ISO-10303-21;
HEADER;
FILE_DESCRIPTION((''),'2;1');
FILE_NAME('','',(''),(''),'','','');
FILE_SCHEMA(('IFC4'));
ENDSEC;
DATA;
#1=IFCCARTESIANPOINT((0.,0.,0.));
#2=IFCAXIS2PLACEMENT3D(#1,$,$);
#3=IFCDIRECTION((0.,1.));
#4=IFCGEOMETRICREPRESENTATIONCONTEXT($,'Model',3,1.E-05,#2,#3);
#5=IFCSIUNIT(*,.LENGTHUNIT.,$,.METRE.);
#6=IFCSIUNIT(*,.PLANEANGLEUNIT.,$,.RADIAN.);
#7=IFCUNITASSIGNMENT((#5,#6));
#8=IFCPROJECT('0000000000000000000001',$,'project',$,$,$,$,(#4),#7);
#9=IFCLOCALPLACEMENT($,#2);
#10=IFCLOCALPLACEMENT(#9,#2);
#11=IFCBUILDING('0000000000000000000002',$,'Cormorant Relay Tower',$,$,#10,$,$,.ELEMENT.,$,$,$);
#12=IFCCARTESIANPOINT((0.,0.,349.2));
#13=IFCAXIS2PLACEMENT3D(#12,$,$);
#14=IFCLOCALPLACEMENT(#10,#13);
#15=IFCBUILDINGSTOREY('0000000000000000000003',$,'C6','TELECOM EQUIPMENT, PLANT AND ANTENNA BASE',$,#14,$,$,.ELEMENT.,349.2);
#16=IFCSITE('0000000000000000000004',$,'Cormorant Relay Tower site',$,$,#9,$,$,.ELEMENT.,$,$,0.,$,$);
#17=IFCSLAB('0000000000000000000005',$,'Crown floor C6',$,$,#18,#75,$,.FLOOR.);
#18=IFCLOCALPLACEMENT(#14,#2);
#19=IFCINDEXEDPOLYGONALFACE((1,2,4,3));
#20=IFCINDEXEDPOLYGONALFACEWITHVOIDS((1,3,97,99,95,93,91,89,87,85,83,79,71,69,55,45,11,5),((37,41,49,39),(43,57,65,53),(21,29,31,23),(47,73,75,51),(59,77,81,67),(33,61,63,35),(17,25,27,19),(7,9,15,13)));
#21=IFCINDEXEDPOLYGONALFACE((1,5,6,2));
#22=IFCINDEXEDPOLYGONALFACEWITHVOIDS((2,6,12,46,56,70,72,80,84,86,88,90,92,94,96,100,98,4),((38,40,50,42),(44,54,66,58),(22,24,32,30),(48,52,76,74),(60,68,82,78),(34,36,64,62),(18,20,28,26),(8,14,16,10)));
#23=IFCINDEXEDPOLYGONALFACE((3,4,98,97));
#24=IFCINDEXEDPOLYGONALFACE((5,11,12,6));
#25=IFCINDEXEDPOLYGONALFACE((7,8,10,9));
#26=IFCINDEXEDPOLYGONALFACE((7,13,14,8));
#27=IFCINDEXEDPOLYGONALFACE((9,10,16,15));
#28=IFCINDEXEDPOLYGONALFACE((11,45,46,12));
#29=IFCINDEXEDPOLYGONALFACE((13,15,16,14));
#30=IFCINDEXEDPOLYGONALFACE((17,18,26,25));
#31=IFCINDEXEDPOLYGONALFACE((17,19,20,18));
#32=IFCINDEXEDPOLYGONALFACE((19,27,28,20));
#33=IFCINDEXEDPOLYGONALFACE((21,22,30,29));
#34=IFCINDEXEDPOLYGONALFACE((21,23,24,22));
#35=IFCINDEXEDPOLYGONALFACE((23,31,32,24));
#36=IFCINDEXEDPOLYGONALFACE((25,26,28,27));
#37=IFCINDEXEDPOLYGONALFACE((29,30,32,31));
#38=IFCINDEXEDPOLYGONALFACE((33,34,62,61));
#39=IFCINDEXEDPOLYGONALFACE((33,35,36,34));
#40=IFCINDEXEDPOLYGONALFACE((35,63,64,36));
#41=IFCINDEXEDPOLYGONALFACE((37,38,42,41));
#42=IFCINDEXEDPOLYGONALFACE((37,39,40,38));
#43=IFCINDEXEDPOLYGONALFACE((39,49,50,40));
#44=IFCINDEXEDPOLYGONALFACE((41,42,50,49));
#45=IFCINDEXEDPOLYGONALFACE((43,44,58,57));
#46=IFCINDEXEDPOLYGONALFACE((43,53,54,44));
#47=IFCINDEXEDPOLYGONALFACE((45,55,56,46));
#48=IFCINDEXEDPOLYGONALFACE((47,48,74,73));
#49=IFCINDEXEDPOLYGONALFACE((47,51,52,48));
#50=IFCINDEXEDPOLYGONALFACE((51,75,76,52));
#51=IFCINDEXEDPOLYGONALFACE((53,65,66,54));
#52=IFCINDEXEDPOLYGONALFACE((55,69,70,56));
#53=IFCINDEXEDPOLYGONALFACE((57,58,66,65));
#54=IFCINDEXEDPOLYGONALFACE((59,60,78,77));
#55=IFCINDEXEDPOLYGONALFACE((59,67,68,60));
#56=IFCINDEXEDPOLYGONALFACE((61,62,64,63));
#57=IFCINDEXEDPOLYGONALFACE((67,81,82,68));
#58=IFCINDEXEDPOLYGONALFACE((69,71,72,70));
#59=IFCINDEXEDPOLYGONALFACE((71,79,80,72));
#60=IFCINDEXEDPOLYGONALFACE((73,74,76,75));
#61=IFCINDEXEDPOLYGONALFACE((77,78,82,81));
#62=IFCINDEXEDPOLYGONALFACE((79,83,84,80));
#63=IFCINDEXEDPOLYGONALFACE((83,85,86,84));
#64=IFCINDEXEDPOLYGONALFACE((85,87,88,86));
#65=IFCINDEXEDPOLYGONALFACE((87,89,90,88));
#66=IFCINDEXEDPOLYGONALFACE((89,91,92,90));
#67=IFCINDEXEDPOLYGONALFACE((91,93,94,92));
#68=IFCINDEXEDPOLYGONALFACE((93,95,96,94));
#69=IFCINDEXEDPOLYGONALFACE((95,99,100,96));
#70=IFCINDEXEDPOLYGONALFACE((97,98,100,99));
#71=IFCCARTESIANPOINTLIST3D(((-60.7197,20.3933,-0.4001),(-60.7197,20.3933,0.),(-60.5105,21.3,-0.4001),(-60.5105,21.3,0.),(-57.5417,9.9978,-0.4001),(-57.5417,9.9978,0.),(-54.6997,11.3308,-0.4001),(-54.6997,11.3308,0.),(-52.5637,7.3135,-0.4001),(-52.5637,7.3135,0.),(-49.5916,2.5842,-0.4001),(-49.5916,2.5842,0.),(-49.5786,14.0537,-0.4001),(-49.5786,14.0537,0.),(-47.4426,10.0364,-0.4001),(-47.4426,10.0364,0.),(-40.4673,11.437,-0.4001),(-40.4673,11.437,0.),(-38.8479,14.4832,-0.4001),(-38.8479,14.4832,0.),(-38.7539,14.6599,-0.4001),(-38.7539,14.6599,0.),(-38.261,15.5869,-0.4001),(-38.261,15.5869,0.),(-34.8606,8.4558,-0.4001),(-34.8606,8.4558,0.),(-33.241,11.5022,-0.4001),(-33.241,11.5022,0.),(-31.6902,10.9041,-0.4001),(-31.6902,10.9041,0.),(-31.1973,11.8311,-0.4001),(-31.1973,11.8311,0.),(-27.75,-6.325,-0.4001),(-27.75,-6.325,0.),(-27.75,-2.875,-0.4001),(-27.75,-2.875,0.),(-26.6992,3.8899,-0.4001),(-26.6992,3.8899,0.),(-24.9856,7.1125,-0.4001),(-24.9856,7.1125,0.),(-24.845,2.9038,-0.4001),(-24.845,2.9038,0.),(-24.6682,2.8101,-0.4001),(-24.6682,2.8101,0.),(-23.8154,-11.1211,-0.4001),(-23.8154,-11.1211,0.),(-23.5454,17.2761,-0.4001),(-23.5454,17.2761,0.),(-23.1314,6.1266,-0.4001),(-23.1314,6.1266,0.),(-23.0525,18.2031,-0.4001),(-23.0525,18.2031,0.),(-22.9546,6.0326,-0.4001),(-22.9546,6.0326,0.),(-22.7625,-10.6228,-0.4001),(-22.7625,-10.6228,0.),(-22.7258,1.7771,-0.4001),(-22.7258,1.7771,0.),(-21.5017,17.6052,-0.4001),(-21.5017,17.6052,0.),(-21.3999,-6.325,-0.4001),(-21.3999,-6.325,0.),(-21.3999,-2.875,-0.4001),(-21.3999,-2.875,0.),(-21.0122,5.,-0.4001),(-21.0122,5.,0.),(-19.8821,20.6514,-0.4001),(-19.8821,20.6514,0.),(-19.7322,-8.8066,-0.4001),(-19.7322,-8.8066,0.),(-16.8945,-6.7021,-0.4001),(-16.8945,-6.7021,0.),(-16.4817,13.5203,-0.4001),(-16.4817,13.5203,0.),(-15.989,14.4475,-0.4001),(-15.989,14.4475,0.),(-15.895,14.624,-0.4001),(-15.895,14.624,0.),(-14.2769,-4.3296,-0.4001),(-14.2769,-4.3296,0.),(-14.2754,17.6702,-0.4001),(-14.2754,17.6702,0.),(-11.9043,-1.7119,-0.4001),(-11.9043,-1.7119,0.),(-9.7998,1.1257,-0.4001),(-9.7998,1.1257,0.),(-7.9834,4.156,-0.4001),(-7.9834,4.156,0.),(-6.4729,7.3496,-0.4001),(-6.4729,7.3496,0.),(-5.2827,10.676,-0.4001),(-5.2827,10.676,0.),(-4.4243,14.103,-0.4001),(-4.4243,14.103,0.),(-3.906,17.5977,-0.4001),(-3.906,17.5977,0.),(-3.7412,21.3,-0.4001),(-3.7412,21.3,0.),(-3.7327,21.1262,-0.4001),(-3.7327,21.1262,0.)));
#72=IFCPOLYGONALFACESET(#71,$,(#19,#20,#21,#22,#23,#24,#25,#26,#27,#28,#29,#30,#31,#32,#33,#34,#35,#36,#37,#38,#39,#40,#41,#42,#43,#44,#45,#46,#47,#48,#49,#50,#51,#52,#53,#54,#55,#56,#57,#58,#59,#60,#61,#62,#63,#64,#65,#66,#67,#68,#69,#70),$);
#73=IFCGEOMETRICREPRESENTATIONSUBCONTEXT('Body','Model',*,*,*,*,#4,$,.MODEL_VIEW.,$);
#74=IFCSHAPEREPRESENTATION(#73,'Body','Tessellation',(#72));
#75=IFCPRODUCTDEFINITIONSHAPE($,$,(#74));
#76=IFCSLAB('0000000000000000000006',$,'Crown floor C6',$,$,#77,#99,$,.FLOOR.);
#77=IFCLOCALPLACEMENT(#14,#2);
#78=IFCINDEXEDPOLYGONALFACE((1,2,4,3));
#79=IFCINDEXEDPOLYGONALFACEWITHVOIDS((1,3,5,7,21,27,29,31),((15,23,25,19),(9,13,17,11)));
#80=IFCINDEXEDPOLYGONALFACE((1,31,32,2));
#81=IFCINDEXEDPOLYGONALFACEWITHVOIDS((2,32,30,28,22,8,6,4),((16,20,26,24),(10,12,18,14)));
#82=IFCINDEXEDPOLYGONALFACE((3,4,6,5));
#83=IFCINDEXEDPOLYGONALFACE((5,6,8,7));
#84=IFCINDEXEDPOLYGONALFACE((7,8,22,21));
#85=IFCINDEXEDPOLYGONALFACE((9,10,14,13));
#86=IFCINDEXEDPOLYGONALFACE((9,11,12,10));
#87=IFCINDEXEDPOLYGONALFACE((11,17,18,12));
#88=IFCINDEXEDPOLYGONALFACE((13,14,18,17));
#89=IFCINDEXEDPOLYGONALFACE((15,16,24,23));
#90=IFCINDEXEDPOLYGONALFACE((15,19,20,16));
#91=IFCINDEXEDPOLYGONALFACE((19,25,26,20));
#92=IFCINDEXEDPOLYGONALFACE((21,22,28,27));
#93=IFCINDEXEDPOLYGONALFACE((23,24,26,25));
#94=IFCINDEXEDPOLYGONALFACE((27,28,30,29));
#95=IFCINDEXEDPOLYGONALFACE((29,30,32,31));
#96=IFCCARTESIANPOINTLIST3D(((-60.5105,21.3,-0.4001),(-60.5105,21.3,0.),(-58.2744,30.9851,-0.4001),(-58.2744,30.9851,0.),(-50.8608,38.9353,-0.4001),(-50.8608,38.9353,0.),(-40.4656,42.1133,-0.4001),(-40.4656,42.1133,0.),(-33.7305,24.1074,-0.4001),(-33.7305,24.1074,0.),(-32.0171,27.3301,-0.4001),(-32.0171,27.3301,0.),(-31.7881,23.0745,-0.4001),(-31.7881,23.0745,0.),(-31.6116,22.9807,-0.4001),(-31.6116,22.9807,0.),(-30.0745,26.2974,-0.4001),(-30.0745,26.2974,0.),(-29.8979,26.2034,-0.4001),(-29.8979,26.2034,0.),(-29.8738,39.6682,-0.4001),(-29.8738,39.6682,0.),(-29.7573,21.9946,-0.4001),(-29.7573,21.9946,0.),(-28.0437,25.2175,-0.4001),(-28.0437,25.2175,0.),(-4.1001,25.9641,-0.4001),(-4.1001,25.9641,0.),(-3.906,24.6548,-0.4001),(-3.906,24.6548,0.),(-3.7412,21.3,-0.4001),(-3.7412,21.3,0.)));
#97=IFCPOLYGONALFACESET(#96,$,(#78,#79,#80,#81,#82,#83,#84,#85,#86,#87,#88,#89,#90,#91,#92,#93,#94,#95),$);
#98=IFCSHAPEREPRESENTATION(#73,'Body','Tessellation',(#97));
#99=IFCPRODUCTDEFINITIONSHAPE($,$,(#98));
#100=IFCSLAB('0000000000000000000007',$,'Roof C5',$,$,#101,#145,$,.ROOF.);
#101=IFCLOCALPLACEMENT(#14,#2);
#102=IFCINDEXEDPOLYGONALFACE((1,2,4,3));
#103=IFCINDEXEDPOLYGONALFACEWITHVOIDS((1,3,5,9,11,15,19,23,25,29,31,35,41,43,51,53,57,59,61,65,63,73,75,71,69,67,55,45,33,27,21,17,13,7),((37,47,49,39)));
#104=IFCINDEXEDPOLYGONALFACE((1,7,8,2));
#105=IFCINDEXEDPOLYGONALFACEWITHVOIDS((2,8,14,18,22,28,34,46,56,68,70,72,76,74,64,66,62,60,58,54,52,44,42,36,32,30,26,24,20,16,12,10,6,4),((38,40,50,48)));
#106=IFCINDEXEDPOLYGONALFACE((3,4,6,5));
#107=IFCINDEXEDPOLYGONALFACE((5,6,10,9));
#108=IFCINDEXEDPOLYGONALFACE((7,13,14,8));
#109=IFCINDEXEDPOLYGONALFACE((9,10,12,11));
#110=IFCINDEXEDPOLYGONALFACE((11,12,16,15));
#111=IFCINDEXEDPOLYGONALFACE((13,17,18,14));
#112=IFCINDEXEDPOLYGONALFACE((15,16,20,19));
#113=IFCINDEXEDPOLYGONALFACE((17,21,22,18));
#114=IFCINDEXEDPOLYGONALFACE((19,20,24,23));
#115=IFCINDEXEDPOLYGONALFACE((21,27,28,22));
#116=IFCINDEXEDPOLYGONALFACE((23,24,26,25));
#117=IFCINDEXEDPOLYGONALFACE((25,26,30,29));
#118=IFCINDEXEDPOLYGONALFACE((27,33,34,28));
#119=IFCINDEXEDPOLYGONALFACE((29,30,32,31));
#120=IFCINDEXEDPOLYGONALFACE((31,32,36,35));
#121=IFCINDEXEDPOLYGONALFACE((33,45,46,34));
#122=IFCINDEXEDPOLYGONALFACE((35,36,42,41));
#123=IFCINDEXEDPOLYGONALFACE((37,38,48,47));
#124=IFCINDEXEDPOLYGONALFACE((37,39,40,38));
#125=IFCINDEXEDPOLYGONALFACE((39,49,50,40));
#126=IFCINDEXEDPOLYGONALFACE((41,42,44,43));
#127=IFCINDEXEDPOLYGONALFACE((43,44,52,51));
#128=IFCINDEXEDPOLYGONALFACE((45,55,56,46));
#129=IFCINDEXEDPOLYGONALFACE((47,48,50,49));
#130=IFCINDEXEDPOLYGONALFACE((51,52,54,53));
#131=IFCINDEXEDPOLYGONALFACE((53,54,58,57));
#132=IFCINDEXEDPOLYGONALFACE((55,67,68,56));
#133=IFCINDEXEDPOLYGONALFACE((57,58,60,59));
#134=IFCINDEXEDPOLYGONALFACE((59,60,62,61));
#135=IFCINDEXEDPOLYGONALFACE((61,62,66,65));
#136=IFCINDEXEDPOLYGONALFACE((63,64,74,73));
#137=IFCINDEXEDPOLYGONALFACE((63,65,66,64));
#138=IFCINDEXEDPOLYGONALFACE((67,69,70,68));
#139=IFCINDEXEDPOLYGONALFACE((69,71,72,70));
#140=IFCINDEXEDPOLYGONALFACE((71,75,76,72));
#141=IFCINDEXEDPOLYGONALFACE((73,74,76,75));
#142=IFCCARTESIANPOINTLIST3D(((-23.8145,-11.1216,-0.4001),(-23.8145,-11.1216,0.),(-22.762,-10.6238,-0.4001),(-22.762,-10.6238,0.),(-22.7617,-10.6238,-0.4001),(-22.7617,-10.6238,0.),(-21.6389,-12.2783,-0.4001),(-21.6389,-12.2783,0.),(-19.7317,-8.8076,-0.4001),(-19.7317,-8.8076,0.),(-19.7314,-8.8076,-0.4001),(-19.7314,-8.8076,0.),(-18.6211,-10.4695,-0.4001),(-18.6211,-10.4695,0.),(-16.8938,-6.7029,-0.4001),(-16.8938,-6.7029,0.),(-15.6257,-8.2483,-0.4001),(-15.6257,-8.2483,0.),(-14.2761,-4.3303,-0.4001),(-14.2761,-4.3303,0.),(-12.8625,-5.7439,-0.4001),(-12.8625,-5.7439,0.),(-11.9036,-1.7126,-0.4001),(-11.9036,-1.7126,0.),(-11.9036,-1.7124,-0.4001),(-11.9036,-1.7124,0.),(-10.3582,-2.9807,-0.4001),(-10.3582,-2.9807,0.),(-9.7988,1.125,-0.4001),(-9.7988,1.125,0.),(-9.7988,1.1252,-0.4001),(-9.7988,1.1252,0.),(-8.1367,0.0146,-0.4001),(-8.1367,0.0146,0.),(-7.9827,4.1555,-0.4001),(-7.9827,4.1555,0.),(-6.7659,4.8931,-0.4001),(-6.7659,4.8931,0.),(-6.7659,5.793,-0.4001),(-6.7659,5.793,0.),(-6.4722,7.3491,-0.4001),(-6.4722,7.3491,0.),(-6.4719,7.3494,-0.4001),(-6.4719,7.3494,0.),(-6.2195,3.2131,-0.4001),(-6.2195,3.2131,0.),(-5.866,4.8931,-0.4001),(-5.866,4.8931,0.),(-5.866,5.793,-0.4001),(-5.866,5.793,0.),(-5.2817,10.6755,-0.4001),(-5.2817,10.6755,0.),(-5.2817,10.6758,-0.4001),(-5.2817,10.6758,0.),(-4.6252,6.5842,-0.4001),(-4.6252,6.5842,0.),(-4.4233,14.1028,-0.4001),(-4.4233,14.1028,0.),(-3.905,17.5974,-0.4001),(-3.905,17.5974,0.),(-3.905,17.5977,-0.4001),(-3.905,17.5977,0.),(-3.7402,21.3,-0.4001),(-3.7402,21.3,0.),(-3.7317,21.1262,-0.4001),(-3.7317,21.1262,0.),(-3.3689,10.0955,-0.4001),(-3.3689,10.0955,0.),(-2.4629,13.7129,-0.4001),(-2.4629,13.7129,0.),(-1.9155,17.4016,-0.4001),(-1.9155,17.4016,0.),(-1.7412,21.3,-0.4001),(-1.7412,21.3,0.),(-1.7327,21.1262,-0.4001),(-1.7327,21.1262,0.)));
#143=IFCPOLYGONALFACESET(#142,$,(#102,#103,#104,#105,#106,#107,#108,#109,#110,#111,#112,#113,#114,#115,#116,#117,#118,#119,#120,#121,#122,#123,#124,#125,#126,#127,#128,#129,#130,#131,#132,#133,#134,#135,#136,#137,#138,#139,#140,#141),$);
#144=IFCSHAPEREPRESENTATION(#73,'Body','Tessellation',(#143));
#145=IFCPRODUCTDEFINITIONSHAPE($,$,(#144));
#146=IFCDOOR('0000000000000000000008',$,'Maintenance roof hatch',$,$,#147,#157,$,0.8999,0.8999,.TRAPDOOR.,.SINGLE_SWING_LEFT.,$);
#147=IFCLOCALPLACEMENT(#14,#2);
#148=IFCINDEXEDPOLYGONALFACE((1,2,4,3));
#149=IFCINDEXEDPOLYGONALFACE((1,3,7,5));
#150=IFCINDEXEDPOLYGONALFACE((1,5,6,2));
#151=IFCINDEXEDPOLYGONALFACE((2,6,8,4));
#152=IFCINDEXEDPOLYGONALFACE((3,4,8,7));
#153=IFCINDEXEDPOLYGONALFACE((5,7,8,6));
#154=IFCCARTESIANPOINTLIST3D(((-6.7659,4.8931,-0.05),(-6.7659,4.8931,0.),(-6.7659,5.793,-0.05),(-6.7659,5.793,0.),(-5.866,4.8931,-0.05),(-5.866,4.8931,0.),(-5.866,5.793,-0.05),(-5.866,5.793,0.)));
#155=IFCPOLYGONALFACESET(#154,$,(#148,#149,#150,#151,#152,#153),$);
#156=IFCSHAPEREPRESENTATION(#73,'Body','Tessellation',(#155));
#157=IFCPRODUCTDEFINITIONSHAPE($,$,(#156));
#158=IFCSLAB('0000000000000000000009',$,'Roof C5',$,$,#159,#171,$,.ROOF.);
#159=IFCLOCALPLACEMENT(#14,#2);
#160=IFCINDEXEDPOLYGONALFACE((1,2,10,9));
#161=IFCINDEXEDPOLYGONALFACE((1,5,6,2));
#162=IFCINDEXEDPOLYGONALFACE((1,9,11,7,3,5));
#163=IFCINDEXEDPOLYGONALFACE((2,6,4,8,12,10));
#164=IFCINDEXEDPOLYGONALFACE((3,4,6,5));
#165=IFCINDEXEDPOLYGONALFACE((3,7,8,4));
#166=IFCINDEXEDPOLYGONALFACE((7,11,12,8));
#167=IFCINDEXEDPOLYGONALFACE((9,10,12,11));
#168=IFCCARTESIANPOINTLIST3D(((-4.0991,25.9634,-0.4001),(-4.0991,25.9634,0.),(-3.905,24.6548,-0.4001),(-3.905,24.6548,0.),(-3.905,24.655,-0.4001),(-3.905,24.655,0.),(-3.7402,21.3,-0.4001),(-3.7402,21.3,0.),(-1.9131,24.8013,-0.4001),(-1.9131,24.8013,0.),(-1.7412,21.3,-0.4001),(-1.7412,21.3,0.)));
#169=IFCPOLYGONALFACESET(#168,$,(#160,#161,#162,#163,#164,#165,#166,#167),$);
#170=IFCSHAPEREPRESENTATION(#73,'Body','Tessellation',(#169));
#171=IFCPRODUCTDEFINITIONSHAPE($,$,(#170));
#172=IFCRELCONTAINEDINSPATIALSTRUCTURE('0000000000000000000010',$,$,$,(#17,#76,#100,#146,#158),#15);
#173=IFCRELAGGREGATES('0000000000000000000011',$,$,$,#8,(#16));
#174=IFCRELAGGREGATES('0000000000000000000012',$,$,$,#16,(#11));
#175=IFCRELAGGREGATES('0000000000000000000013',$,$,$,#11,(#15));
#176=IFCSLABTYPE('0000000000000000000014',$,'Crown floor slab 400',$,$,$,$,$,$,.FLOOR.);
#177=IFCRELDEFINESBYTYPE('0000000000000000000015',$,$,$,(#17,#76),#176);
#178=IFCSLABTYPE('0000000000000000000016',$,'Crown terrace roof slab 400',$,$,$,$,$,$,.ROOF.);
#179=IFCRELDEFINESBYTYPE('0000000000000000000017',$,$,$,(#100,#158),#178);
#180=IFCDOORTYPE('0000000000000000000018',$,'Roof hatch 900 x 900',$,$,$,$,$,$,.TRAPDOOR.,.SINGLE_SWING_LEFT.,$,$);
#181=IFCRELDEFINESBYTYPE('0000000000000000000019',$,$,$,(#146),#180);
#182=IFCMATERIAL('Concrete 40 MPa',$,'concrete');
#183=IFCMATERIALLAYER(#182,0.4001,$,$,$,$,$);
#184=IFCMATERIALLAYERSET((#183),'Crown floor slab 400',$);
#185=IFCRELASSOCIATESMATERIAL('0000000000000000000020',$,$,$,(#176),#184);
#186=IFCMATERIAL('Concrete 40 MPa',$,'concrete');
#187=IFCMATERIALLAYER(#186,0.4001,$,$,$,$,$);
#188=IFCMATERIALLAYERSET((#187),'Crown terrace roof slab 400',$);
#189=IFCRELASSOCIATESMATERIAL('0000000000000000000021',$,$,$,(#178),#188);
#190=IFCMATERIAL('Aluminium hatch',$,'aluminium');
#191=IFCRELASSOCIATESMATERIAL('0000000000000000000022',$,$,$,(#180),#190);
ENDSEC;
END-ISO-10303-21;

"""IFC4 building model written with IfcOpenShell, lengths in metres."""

from ifc_helpers import new_model, si_unit, direction, frame, origin, origin_2d, place, context, subcontext, project, spatial, polyline, rectangle, outline, extrude, material, layer, layer_set, type_object, element, fill, save


model = new_model("IFC4")

# Units and contexts
model_context = context("Model", 3, precision=1e-05, world=origin(), true_north=direction((0.0, 1.0)))
body_context = subcontext(model_context, "Body", "Model", "MODEL_VIEW")
ifc_project = project(units=[si_unit("LENGTHUNIT", "METRE"), si_unit("PLANEANGLEUNIT", "RADIAN")], contexts=[model_context])

# Site, building, storey
site_placement = place(None, origin())
site = spatial("IfcSite", under=ifc_project, at=site_placement, Name="Cormorant Relay Tower site", CompositionType="ELEMENT", RefElevation=0.0)
building_placement = place(site_placement, origin())
building = spatial("IfcBuilding", under=site, at=building_placement, Name="Cormorant Relay Tower", CompositionType="ELEMENT")
storey_placement = place(building_placement, frame((0.0, 0.0, 349.2)))
storey = spatial("IfcBuildingStorey", under=building, at=storey_placement, Name="C6", Description="TELECOM EQUIPMENT, PLANT AND ANTENNA BASE", CompositionType="ELEMENT", Elevation=349.2)

# Slabs
ifc_material_1 = material(Name="Concrete 40 MPa", Category="concrete")
ifc_layer_1 = layer(ifc_material_1, 0.4001)
ifc_layer_set_1 = layer_set([ifc_layer_1], Name="Crown floor slab 400")
slab_type_1 = type_object("IfcSlabType", Name="Crown floor slab 400", PredefinedType="FLOOR", material=ifc_layer_set_1)
slab_1_placement = place(storey_placement, frame((0.0, 0.0, -0.4001)))
element("IfcSlab", 1, at=slab_1_placement, inside=storey, type_object=slab_type_1, Name="Crown floor C6", PredefinedType="FLOOR", context=body_context, shape_type="SweptSolid", body=[
    extrude(outline(polyline([(-23.8154, -11.1211), (-22.7625, -10.6228), (-19.7322, -8.8066), (-16.8945, -6.7021), (-14.2769, -4.3296), (-11.9043, -1.7119), (-9.7998, 1.1257), (-7.9834, 4.156), (-6.4729, 7.3496), (-5.2827, 10.676), (-4.4243, 14.103), (-3.906, 17.5977), (-3.7327, 21.1262), (-3.7412, 21.3), (-60.5105, 21.3), (-60.7197, 20.3933), (-57.5417, 9.9978), (-49.5916, 2.5842), (-23.8154, -11.1211)]), holes=[polyline([(-21.3999, -2.875), (-27.75, -2.875), (-27.75, -6.325), (-21.3999, -6.325), (-21.3999, -2.875)]), polyline([(-22.9546, 6.0327), (-24.6682, 2.8101), (-22.7258, 1.7771), (-21.0122, 5.0), (-23.043, 6.0796), (-22.9546, 6.0327)]), polyline([(-24.9856, 7.1125), (-26.6992, 3.8899), (-24.845, 2.9038), (-23.1313, 6.1267), (-23.043, 6.0796), (-24.9856, 7.1125)]), polyline([(-54.6997, 11.3308), (-52.5637, 7.3135), (-47.4426, 10.0364), (-49.5786, 14.0537), (-54.6997, 11.3308)]), polyline([(-38.8479, 14.4832), (-40.4673, 11.437), (-34.8606, 8.4558), (-33.241, 11.5022), (-38.8479, 14.4832)]), polyline([(-31.6902, 10.9041), (-31.1973, 11.8311), (-38.261, 15.5869), (-38.7539, 14.6599), (-31.6902, 10.9041)]), polyline([(-23.0525, 18.2031), (-23.5454, 17.2761), (-16.4817, 13.5203), (-15.989, 14.4475), (-23.0525, 18.2031)]), polyline([(-14.2754, 17.6702), (-19.8821, 20.6514), (-21.5017, 17.6052), (-15.895, 14.624), (-14.2754, 17.6702)])]), origin(), (0.0, 0.0, 1.0), 0.4001),
])
slab_2_placement = place(storey_placement, frame((0.0, 0.0, -0.4001)))
element("IfcSlab", 2, at=slab_2_placement, inside=storey, type_object=slab_type_1, Name="Crown floor C6", PredefinedType="FLOOR", context=body_context, shape_type="SweptSolid", body=[
    extrude(outline(polyline([(-60.5105, 21.3), (-3.7412, 21.3), (-3.906, 24.6548), (-4.1001, 25.9641), (-29.8738, 39.6682), (-40.4656, 42.1133), (-50.8608, 38.9353), (-58.2744, 30.9851), (-60.5105, 21.3)]), holes=[polyline([(-29.7573, 21.9946), (-28.0437, 25.2175), (-29.8979, 26.2034), (-31.6116, 22.9807), (-29.7573, 21.9946)]), polyline([(-33.7305, 24.1074), (-31.7881, 23.0745), (-30.0745, 26.2974), (-32.0171, 27.3301), (-33.7305, 24.1074)])]), origin(), (0.0, 0.0, 1.0), 0.4001),
])

# Slab, opening, door
ifc_material_2 = material(Name="Concrete 40 MPa", Category="concrete")
ifc_layer_2 = layer(ifc_material_2, 0.4001)
ifc_layer_set_2 = layer_set([ifc_layer_2], Name="Crown terrace roof slab 400")
slab_type_2 = type_object("IfcSlabType", Name="Crown terrace roof slab 400", PredefinedType="ROOF", material=ifc_layer_set_2)
slab_3_placement = place(storey_placement, frame((0.0, 0.0, -0.4001)))
slab_3 = element("IfcSlab", 3, at=slab_3_placement, inside=storey, type_object=slab_type_2, Name="Roof C5", PredefinedType="ROOF", context=body_context, shape_type="SweptSolid", body=[
    extrude(outline(polyline([(-21.6389, -12.2783), (-18.6211, -10.4695), (-15.6257, -8.2483), (-12.8625, -5.7439), (-10.3582, -2.9807), (-8.1367, 0.0146), (-6.2195, 3.2131), (-4.6252, 6.5842), (-3.3689, 10.0955), (-2.4629, 13.7129), (-1.9155, 17.4016), (-1.7327, 21.1262), (-1.7412, 21.3), (-3.7402, 21.3), (-3.7317, 21.1262), (-3.7317, 21.1262), (-3.905, 17.5977), (-3.905, 17.5974), (-4.4233, 14.1028), (-4.4233, 14.1028), (-5.2817, 10.6758), (-5.2817, 10.6755), (-6.4719, 7.3494), (-6.4722, 7.3491), (-7.9827, 4.1555), (-7.9827, 4.1555), (-9.7988, 1.1252), (-9.7988, 1.125), (-11.9036, -1.7124), (-11.9036, -1.7126), (-14.2761, -4.3303), (-14.2761, -4.3303), (-16.8938, -6.7029), (-16.8938, -6.7029), (-19.7314, -8.8076), (-19.7317, -8.8076), (-22.7617, -10.6238), (-22.762, -10.6238), (-23.8145, -11.1216), (-21.6389, -12.2783)])), origin(), (0.0, 0.0, 1.0), 0.4001),
])
opening_placement = place(slab_3_placement, frame((-6.3159, 5.343, 0.0)))
opening = element("IfcOpeningElement", 4, at=opening_placement, cuts=slab_3, PredefinedType="OPENING", context=body_context, shape_type="SweptSolid", body=[
    extrude(rectangle(XDim=0.8999, YDim=0.8999, at=origin_2d()), origin(), (0.0, 0.0, 1.0), 0.4001),
])
ifc_material_3 = material(Name="Aluminium hatch", Category="aluminium")
door_type = type_object("IfcDoorType", Name="Roof hatch 900 x 900", OperationType="SINGLE_SWING_LEFT", PredefinedType="TRAPDOOR", material=ifc_material_3)
door_placement = place(opening_placement, frame((0.0, 0.0, 0.3501)))
door = element("IfcDoor", 5, at=door_placement, inside=storey, type_object=door_type, Name="Maintenance roof hatch", OperationType="SINGLE_SWING_LEFT", OverallHeight=0.8999, OverallWidth=0.8999, PredefinedType="TRAPDOOR", context=body_context, shape_type="SweptSolid", body=[
    extrude(rectangle(XDim=0.8999, YDim=0.8999, at=origin_2d()), origin(), (0.0, 0.0, 1.0), 0.05),
])
fill(opening, door)

# Slab
slab_4_placement = place(storey_placement, frame((0.0, 0.0, -0.4001)))
element("IfcSlab", 6, at=slab_4_placement, inside=storey, type_object=slab_type_2, Name="Roof C5", PredefinedType="ROOF", context=body_context, shape_type="SweptSolid", body=[
    extrude(outline(polyline([(-3.7402, 21.3), (-1.7412, 21.3), (-1.9131, 24.8013), (-4.0991, 25.9634), (-3.905, 24.655), (-3.905, 24.6548), (-3.7402, 21.3)])), origin(), (0.0, 0.0, 1.0), 0.4001),
])

save(model, "model.ifc")
